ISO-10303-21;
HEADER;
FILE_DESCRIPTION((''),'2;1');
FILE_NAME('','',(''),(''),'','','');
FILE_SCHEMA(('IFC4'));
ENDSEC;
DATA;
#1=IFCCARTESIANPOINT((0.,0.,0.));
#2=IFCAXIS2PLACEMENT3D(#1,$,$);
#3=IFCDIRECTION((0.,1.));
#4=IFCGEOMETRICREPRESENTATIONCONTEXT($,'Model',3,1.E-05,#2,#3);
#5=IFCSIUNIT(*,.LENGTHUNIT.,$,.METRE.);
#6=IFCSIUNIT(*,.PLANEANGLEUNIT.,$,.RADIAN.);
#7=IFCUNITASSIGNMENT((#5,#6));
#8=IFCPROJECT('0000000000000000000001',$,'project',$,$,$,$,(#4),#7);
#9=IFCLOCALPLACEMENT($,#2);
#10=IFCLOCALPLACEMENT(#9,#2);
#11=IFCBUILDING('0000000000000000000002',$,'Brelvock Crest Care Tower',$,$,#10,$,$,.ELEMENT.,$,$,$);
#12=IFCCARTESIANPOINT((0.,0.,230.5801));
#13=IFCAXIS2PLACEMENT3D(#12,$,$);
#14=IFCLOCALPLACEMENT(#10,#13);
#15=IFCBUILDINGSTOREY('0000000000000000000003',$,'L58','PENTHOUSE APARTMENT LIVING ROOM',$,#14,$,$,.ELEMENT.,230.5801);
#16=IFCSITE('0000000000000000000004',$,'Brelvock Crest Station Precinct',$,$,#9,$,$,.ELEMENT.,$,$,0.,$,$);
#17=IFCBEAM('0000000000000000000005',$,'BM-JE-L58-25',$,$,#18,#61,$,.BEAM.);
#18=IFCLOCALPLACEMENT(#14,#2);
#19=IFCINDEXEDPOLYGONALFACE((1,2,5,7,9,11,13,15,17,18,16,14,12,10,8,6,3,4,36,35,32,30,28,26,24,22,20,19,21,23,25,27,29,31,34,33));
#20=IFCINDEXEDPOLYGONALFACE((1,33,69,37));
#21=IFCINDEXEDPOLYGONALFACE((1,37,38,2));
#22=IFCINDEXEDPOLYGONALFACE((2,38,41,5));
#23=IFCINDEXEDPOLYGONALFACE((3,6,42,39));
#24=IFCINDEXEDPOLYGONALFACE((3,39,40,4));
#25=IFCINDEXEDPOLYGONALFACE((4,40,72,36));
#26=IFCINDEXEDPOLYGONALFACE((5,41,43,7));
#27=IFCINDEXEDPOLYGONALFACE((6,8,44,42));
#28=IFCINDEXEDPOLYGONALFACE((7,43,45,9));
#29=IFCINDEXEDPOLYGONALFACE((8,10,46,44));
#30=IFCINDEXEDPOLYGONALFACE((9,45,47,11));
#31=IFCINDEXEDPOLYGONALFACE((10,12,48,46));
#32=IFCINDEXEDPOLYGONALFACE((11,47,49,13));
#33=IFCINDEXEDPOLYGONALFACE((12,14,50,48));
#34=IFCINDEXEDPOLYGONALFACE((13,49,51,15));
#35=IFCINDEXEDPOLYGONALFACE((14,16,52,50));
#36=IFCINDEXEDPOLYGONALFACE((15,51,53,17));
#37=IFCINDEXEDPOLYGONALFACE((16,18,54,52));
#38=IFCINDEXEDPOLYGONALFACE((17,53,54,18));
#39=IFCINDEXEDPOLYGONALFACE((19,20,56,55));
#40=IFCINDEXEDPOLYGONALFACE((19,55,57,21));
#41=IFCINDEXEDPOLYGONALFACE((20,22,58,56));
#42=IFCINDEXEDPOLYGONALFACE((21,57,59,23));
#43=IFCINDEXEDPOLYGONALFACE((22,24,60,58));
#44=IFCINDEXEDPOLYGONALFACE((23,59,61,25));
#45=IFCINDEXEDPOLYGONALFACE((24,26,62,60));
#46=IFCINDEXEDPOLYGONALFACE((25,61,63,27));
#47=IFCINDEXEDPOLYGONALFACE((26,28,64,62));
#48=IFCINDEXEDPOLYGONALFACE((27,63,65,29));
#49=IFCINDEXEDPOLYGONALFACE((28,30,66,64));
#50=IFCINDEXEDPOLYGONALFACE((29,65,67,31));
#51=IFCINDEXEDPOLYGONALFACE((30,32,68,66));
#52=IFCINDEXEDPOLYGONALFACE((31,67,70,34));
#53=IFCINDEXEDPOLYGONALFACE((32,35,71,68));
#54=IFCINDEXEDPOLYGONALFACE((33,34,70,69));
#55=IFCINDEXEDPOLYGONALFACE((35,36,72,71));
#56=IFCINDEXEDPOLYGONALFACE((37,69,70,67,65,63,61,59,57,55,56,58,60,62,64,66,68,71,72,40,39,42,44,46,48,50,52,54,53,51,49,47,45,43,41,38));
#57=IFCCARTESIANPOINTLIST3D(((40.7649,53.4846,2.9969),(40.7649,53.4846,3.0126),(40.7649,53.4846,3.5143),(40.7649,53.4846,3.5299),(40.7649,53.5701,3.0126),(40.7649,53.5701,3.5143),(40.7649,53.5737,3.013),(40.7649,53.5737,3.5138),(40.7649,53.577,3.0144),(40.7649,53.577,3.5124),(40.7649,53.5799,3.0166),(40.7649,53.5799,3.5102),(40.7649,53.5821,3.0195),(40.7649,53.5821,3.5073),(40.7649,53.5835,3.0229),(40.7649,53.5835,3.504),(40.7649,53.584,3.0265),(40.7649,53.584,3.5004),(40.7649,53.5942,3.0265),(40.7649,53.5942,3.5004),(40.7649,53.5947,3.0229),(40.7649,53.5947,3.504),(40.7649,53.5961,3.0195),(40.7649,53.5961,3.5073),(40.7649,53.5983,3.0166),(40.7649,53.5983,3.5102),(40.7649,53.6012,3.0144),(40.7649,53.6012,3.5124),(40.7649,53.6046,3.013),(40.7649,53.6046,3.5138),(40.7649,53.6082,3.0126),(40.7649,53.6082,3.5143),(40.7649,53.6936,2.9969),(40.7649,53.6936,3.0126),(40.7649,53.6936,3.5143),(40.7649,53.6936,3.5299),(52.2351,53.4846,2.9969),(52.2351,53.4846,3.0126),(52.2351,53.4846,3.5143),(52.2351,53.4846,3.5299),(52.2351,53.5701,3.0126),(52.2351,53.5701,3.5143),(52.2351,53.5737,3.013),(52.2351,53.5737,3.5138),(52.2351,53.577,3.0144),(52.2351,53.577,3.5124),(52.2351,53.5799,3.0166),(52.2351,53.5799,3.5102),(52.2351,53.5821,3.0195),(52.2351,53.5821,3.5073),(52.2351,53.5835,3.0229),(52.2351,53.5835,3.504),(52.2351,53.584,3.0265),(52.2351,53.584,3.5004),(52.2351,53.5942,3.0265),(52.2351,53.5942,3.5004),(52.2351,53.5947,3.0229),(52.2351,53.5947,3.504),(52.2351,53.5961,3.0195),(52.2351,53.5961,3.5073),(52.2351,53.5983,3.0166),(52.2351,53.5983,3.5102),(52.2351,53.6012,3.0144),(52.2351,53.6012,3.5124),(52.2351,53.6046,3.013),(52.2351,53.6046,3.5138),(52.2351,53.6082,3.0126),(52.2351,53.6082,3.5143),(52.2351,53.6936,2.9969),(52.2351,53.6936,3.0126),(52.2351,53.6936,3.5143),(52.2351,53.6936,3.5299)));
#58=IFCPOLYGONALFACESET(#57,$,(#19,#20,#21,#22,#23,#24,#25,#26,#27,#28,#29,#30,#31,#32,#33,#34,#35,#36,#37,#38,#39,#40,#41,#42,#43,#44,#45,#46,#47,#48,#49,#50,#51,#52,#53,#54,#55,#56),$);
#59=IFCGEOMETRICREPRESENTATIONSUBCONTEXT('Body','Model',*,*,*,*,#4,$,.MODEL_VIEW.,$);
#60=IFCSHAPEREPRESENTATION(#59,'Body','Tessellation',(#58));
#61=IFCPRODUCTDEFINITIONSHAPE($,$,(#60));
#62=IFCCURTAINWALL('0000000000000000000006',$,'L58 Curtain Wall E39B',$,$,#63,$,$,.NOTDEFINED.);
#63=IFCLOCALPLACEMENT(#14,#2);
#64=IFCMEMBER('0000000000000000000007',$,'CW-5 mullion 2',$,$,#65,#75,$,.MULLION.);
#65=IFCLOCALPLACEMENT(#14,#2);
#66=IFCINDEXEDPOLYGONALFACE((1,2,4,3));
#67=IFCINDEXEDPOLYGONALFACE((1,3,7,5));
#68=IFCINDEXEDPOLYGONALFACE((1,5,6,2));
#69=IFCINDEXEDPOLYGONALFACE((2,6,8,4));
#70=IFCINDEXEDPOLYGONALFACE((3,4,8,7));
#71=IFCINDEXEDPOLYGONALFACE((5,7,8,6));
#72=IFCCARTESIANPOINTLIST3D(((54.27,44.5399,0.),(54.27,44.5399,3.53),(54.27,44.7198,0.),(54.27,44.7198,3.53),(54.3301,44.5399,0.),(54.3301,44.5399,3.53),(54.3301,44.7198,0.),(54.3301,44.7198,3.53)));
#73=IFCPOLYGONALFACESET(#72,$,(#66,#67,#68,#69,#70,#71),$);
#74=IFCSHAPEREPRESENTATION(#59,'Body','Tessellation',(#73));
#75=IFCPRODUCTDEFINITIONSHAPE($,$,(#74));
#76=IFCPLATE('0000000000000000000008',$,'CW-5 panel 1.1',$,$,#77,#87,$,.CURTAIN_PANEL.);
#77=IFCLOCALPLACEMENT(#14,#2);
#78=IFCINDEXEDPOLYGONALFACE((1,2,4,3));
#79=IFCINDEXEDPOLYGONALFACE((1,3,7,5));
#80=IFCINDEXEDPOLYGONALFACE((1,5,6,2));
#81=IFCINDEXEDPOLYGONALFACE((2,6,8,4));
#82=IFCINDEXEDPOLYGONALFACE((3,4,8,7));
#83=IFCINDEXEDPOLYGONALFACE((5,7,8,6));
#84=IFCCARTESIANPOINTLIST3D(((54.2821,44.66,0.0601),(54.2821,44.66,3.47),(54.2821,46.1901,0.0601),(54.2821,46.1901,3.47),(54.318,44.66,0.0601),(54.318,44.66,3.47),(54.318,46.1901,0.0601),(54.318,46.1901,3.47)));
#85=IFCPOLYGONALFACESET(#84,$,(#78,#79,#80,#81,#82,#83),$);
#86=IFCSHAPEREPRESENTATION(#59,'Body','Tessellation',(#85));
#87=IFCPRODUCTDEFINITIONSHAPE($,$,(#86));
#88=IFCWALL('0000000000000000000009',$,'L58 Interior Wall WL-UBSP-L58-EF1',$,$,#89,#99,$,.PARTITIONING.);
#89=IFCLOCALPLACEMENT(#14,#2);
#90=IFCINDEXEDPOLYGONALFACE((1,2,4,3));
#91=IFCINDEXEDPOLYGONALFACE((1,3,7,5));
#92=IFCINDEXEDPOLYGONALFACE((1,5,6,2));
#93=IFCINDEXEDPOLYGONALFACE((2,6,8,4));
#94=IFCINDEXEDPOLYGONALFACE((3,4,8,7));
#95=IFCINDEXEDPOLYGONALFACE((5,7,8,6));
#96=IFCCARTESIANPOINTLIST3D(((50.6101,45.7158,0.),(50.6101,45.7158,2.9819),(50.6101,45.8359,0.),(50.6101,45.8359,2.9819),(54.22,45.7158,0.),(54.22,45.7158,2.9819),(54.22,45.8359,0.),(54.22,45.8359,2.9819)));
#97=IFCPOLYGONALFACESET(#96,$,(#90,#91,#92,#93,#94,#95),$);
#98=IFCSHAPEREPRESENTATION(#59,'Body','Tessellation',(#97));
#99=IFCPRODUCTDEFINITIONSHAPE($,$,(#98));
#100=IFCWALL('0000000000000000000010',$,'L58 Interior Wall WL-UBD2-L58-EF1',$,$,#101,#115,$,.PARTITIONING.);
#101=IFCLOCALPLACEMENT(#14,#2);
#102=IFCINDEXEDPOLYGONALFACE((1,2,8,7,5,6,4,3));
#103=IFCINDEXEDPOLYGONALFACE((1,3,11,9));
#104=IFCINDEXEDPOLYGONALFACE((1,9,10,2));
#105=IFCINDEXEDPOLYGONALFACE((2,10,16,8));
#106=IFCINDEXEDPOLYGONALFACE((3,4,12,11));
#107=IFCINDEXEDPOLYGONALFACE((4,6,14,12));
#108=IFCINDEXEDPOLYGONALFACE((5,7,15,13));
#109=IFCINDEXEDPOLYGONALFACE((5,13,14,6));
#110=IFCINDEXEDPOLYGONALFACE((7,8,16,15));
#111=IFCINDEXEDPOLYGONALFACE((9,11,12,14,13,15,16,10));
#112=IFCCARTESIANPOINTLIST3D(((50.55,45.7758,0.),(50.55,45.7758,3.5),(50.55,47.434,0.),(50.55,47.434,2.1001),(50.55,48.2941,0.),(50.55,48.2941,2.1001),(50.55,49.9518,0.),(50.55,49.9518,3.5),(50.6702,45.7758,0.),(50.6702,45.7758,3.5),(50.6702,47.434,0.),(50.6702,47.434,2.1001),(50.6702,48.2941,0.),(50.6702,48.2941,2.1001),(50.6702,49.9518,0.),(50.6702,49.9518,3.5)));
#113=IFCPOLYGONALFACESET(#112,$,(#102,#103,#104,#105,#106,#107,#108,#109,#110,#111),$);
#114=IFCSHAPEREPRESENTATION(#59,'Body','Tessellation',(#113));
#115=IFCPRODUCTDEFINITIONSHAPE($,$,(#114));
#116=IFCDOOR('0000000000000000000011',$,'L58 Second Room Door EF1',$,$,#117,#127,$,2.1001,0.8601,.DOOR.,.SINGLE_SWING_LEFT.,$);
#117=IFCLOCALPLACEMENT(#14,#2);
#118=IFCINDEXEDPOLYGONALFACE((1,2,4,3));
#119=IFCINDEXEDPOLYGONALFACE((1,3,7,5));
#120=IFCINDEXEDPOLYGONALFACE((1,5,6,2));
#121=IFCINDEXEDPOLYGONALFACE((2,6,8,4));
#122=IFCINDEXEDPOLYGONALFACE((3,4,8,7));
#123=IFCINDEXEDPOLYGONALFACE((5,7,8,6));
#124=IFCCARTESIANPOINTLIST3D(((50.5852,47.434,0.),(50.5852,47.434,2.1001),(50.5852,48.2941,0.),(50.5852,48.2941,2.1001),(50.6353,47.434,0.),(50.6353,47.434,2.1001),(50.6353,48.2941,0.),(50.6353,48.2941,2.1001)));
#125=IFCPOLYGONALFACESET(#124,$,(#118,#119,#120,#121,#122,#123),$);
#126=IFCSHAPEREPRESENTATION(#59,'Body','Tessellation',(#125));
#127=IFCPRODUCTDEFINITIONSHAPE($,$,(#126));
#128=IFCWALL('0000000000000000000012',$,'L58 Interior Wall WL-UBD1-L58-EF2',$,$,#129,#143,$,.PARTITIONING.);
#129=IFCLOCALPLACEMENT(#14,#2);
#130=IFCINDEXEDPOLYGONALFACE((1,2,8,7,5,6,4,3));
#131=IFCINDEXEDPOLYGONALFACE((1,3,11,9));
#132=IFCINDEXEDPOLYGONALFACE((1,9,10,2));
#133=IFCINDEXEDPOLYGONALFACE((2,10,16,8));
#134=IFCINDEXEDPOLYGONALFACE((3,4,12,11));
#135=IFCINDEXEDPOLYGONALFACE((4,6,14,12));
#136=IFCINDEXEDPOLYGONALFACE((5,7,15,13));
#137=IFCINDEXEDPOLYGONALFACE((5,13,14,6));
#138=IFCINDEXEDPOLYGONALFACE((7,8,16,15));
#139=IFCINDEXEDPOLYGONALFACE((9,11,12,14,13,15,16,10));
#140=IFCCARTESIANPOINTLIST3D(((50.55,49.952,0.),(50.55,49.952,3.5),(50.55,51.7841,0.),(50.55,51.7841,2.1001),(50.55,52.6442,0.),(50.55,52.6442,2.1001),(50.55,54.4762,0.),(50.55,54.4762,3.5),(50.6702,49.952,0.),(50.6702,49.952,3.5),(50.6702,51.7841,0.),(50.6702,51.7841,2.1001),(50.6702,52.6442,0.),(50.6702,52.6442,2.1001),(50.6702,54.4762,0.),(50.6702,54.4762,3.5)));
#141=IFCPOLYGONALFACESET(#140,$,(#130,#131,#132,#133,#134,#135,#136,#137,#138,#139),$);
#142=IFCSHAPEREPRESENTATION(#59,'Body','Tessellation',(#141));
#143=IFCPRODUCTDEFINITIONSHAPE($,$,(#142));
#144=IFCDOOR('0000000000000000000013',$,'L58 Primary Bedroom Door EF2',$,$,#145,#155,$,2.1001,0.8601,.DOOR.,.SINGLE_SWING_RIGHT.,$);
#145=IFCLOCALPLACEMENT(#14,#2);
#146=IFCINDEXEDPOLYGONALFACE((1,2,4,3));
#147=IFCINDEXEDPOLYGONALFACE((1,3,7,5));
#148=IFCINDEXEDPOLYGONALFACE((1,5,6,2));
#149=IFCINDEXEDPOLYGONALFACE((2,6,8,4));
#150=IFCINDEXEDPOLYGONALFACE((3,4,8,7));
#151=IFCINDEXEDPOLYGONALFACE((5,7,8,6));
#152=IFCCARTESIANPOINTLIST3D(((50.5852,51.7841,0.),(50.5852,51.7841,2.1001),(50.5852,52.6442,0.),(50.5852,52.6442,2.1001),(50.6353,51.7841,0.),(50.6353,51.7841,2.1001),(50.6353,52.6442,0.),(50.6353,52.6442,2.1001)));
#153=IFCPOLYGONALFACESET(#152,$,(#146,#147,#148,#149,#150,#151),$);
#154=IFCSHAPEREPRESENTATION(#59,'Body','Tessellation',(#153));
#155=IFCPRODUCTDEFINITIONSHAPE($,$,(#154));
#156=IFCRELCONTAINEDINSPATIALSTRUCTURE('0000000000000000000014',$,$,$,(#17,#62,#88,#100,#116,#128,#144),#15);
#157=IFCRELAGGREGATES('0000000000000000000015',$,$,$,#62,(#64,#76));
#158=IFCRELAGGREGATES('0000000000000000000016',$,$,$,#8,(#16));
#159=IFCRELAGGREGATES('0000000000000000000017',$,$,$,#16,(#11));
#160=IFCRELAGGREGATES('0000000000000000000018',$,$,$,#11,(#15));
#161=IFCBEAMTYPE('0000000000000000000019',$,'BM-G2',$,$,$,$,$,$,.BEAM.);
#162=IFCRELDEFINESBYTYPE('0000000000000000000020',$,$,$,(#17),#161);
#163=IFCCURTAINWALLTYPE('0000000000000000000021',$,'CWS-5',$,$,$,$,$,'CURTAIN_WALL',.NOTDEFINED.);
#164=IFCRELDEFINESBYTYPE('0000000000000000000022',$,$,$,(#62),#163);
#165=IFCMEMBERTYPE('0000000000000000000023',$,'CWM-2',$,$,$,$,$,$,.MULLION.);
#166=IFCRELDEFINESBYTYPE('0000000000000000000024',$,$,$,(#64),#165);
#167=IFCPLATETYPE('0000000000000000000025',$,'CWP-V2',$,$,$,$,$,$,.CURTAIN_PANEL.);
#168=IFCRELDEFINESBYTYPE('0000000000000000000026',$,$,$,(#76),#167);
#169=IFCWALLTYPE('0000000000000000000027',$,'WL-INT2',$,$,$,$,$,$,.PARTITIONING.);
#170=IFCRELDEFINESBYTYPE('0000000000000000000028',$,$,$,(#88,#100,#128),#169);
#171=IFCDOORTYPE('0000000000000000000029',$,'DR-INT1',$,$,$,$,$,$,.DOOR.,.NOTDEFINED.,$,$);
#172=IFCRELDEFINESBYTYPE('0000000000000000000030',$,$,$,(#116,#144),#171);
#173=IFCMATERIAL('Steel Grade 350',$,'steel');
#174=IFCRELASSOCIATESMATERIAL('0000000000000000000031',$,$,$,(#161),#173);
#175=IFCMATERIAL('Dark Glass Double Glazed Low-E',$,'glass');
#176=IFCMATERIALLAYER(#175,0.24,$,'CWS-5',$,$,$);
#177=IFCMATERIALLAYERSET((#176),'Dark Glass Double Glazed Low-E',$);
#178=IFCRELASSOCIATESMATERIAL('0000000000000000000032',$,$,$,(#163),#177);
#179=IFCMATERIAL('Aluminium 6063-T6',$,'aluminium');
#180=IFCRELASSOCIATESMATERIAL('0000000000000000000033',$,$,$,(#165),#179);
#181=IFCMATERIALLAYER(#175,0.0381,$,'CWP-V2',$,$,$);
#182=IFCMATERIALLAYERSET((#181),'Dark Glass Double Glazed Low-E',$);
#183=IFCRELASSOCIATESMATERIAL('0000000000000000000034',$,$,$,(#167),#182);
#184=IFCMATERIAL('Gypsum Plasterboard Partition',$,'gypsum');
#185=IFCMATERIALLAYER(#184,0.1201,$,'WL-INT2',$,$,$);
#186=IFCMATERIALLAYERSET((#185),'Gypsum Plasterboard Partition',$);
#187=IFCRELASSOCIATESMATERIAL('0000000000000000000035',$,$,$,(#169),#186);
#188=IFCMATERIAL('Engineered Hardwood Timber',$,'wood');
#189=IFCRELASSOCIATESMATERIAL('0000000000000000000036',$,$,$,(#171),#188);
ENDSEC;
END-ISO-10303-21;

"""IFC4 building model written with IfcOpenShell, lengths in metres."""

from ifc_helpers import new_model, si_unit, direction, frame, frame_2d, origin, origin_2d, place, context, subcontext, project, spatial, rectangle, i_section, extrude, source, transform, mapped, material, layer, layer_set, material_profile, profile_set, type_object, element, fill, aggregate, save


model = new_model("IFC4")

# Units and contexts
model_context = context("Model", 3, precision=1e-05, world=origin(), true_north=direction((0.0, 1.0)))
body_context = subcontext(model_context, "Body", "Model", "MODEL_VIEW")
ifc_project = project(units=[si_unit("LENGTHUNIT", "METRE"), si_unit("PLANEANGLEUNIT", "RADIAN")], contexts=[model_context])

# Site, building, storey
site_placement = place(None, origin())
site = spatial("IfcSite", under=ifc_project, at=site_placement, Name="Brelvock Crest Station Precinct", CompositionType="ELEMENT", RefElevation=0.0)
building_placement = place(site_placement, origin())
building = spatial("IfcBuilding", under=site, at=building_placement, Name="Brelvock Crest Care Tower", CompositionType="ELEMENT")
storey_placement = place(building_placement, frame((0.0, 0.0, 230.5801)))
storey = spatial("IfcBuildingStorey", under=building, at=storey_placement, Name="L58", Description="PENTHOUSE APARTMENT LIVING ROOM", CompositionType="ELEMENT", Elevation=230.5801)

# Shared definitions
ifc_material_1 = material(Name="Steel Grade 350", Category="steel")

# Beam
ifc_material_profile_1 = material_profile(ifc_material_1, i_section(OverallWidth=0.209, OverallDepth=0.533, WebThickness=0.0103, FlangeThickness=0.0156, FilletRadius=0.0139, at=origin_2d()), Name="530UB92.4")
ifc_profile_set_1 = profile_set([ifc_material_profile_1], Name="Steel Grade 350")
beam_type_1 = type_object("IfcBeamType", Name="BM-G2", PredefinedType="BEAM", material=ifc_profile_set_1)
shared_shape_1 = source(origin(), body_context, "Body", "SweptSolid", [
    extrude(i_section(OverallWidth=0.209, OverallDepth=0.533, WebThickness=0.0103, FlangeThickness=0.0156, FilletRadius=0.0139, at=origin_2d()), origin(), (0.0, 0.0, 1.0), 11.4702),
])
for number, where, z_axis, x_axis, name in (
    (1, (40.7649, 53.5891, 3.2634), (1.0, 0.0, 0.0), (0.0, 1.0, 0.0), "BM-JE-L58-25"),
):
    element("IfcBeam", number, at=place(storey_placement, frame(where, z_axis=z_axis, x_axis=x_axis)), inside=storey, type_object=beam_type_1, Name=name, PredefinedType="BEAM", context=body_context, shape_type="MappedRepresentation", body=[
        mapped(shared_shape_1, transform((0.0, 0.0, 0.0), x_axis=(1.0, 0.0, 0.0), y_axis=(0.0, 1.0, 0.0), z_axis=(0.0, 0.0, 1.0), scale=1.0)),
    ])

# Curtain wall, member, plate
ifc_material_2 = material(Name="Dark Glass Double Glazed Low-E", Category="glass")
ifc_layer_1 = layer(ifc_material_2, 0.24, Name="CWS-5")
ifc_layer_set_1 = layer_set([ifc_layer_1], Name="Dark Glass Double Glazed Low-E")
curtain_wall_type = type_object("IfcCurtainWallType", Name="CWS-5", ElementType="CURTAIN_WALL", PredefinedType="NOTDEFINED", material=ifc_layer_set_1)
curtain_wall_placement = place(storey_placement, origin())
curtain_wall = element("IfcCurtainWall", 2, at=curtain_wall_placement, inside=storey, type_object=curtain_wall_type, Name="L58 Curtain Wall E39B", PredefinedType="NOTDEFINED")
ifc_material_3 = material(Name="Aluminium 6063-T6", Category="aluminium")
ifc_material_profile_2 = material_profile(ifc_material_3, rectangle(XDim=0.0601, YDim=0.1799, at=origin_2d()), Name="ALU60x180")
ifc_profile_set_2 = profile_set([ifc_material_profile_2], Name="Aluminium 6063-T6")
member_type = type_object("IfcMemberType", Name="CWM-2", PredefinedType="MULLION", material=ifc_profile_set_2)
shared_shape_2 = source(origin(), body_context, "Body", "SweptSolid", [
    extrude(rectangle(XDim=0.0601, YDim=0.1799, at=origin_2d()), origin(), (0.0, 0.0, 1.0), 3.53),
])
member_placement = place(storey_placement, frame((54.3, 44.6299, 0.0), z_axis=(0.0, 0.0, 1.0), x_axis=(1.0, 0.0, 0.0)))
member = element("IfcMember", 3, at=member_placement, type_object=member_type, Name="CW-5 mullion 2", PredefinedType="MULLION", context=body_context, shape_type="MappedRepresentation", body=[
    mapped(shared_shape_2, transform((0.0, 0.0, 0.0), x_axis=(1.0, 0.0, 0.0), y_axis=(0.0, 1.0, 0.0), z_axis=(0.0, 0.0, 1.0), scale=1.0)),
])
ifc_layer_2 = layer(ifc_material_2, 0.0381, Name="CWP-V2")
ifc_layer_set_2 = layer_set([ifc_layer_2], Name="Dark Glass Double Glazed Low-E")
plate_type = type_object("IfcPlateType", Name="CWP-V2", PredefinedType="CURTAIN_PANEL", material=ifc_layer_set_2)
shared_shape_3 = source(origin(), body_context, "Body", "SweptSolid", [
    extrude(rectangle(XDim=1.53, YDim=0.0359, at=origin_2d()), origin(), (0.0, 0.0, 1.0), 3.4099),
])
plate_placement = place(storey_placement, frame((54.3, 45.425, 0.0601), z_axis=(0.0, 0.0, 1.0), x_axis=(0.0, -1.0, 0.0)))
plate = element("IfcPlate", 4, at=plate_placement, type_object=plate_type, Name="CW-5 panel 1.1", PredefinedType="CURTAIN_PANEL", context=body_context, shape_type="MappedRepresentation", body=[
    mapped(shared_shape_3, transform((0.0, 0.0, 0.0), x_axis=(1.0, 0.0, 0.0), y_axis=(0.0, 1.0, 0.0), z_axis=(0.0, 0.0, 1.0), scale=1.0)),
])
aggregate(curtain_wall, [member, plate])

# Wall
ifc_material_4 = material(Name="Gypsum Plasterboard Partition", Category="gypsum")
ifc_layer_3 = layer(ifc_material_4, 0.1201, Name="WL-INT2")
ifc_layer_set_3 = layer_set([ifc_layer_3], Name="Gypsum Plasterboard Partition")
wall_type = type_object("IfcWallType", Name="WL-INT2", PredefinedType="PARTITIONING", material=ifc_layer_set_3)
wall_1_placement = place(storey_placement, frame((50.6101, 45.7759, 0.0), z_axis=(0.0, 0.0, 1.0), x_axis=(1.0, 0.0, 0.0)))
element("IfcWall", 5, at=wall_1_placement, inside=storey, type_object=wall_type, Name="L58 Interior Wall WL-UBSP-L58-EF1", PredefinedType="PARTITIONING", context=body_context, shape_type="SweptSolid", body=[
    extrude(rectangle(XDim=3.6099, YDim=0.1201, at=frame_2d((1.8049, 0.0))), origin(), (0.0, 0.0, 1.0), 2.9819),
])

# Walls, openings, doors
wall_2_placement = place(storey_placement, frame((50.6101, 45.7759, 0.0), z_axis=(0.0, 0.0, 1.0), x_axis=(0.0, 1.0, 0.0)))
wall_2 = element("IfcWall", 6, at=wall_2_placement, inside=storey, type_object=wall_type, Name="L58 Interior Wall WL-UBD2-L58-EF1", PredefinedType="PARTITIONING", context=body_context, shape_type="SweptSolid", body=[
    extrude(rectangle(XDim=4.176, YDim=0.1201, at=frame_2d((2.0879, 0.0))), origin(), (0.0, 0.0, 1.0), 3.5),
])
opening_1_placement = place(wall_2_placement, frame((1.658, 0.0, 0.0)))
opening_1 = element("IfcOpeningElement", 7, at=opening_1_placement, cuts=wall_2, PredefinedType="OPENING", context=body_context, shape_type="SweptSolid", body=[
    extrude(rectangle(XDim=0.8601, YDim=2.1001, at=origin_2d()), frame((0.4302, 0.0701, 1.05), z_axis=(0.0, -1.0, 0.0), x_axis=(1.0, 0.0, 0.0)), (0.0, 0.0, 1.0), 0.1401),
])
ifc_material_5 = material(Name="Engineered Hardwood Timber", Category="wood")
door_type = type_object("IfcDoorType", Name="DR-INT1", OperationType="NOTDEFINED", PredefinedType="DOOR", material=ifc_material_5)
shared_shape_4 = source(origin(), body_context, "Body", "SweptSolid", [
    extrude(rectangle(XDim=0.8601, YDim=2.1001, at=origin_2d()), frame((0.4302, 0.0249, 1.05), z_axis=(0.0, -1.0, 0.0), x_axis=(1.0, 0.0, 0.0)), (0.0, 0.0, 1.0), 0.05),
])
door_1_placement = place(opening_1_placement, origin())
door_1 = element("IfcDoor", 8, at=door_1_placement, inside=storey, type_object=door_type, Name="L58 Second Room Door EF1", OperationType="SINGLE_SWING_LEFT", OverallHeight=2.1001, OverallWidth=0.8601, PredefinedType="DOOR", context=body_context, shape_type="MappedRepresentation", body=[
    mapped(shared_shape_4, transform((0.0, 0.0, 0.0), x_axis=(1.0, 0.0, 0.0), y_axis=(0.0, 1.0, 0.0), z_axis=(0.0, 0.0, 1.0), scale=1.0)),
])
fill(opening_1, door_1)
wall_3_placement = place(storey_placement, frame((50.6101, 49.9519, 0.0), z_axis=(0.0, 0.0, 1.0), x_axis=(0.0, 1.0, 0.0)))
wall_3 = element("IfcWall", 9, at=wall_3_placement, inside=storey, type_object=wall_type, Name="L58 Interior Wall WL-UBD1-L58-EF2", PredefinedType="PARTITIONING", context=body_context, shape_type="SweptSolid", body=[
    extrude(rectangle(XDim=4.5242, YDim=0.1201, at=frame_2d((2.2622, 0.0))), origin(), (0.0, 0.0, 1.0), 3.5),
])
opening_2_placement = place(wall_3_placement, frame((1.832, 0.0, 0.0)))
opening_2 = element("IfcOpeningElement", 10, at=opening_2_placement, cuts=wall_3, PredefinedType="OPENING", context=body_context, shape_type="SweptSolid", body=[
    extrude(rectangle(XDim=0.8601, YDim=2.1001, at=origin_2d()), frame((0.4302, 0.0701, 1.05), z_axis=(0.0, -1.0, 0.0), x_axis=(1.0, 0.0, 0.0)), (0.0, 0.0, 1.0), 0.1401),
])
door_2_placement = place(opening_2_placement, origin())
door_2 = element("IfcDoor", 11, at=door_2_placement, inside=storey, type_object=door_type, Name="L58 Primary Bedroom Door EF2", OperationType="SINGLE_SWING_RIGHT", OverallHeight=2.1001, OverallWidth=0.8601, PredefinedType="DOOR", context=body_context, shape_type="MappedRepresentation", body=[
    mapped(shared_shape_4, transform((0.0, 0.0, 0.0), x_axis=(1.0, 0.0, 0.0), y_axis=(0.0, 1.0, 0.0), z_axis=(0.0, 0.0, 1.0), scale=1.0)),
])
fill(opening_2, door_2)

save(model, "model.ifc")
